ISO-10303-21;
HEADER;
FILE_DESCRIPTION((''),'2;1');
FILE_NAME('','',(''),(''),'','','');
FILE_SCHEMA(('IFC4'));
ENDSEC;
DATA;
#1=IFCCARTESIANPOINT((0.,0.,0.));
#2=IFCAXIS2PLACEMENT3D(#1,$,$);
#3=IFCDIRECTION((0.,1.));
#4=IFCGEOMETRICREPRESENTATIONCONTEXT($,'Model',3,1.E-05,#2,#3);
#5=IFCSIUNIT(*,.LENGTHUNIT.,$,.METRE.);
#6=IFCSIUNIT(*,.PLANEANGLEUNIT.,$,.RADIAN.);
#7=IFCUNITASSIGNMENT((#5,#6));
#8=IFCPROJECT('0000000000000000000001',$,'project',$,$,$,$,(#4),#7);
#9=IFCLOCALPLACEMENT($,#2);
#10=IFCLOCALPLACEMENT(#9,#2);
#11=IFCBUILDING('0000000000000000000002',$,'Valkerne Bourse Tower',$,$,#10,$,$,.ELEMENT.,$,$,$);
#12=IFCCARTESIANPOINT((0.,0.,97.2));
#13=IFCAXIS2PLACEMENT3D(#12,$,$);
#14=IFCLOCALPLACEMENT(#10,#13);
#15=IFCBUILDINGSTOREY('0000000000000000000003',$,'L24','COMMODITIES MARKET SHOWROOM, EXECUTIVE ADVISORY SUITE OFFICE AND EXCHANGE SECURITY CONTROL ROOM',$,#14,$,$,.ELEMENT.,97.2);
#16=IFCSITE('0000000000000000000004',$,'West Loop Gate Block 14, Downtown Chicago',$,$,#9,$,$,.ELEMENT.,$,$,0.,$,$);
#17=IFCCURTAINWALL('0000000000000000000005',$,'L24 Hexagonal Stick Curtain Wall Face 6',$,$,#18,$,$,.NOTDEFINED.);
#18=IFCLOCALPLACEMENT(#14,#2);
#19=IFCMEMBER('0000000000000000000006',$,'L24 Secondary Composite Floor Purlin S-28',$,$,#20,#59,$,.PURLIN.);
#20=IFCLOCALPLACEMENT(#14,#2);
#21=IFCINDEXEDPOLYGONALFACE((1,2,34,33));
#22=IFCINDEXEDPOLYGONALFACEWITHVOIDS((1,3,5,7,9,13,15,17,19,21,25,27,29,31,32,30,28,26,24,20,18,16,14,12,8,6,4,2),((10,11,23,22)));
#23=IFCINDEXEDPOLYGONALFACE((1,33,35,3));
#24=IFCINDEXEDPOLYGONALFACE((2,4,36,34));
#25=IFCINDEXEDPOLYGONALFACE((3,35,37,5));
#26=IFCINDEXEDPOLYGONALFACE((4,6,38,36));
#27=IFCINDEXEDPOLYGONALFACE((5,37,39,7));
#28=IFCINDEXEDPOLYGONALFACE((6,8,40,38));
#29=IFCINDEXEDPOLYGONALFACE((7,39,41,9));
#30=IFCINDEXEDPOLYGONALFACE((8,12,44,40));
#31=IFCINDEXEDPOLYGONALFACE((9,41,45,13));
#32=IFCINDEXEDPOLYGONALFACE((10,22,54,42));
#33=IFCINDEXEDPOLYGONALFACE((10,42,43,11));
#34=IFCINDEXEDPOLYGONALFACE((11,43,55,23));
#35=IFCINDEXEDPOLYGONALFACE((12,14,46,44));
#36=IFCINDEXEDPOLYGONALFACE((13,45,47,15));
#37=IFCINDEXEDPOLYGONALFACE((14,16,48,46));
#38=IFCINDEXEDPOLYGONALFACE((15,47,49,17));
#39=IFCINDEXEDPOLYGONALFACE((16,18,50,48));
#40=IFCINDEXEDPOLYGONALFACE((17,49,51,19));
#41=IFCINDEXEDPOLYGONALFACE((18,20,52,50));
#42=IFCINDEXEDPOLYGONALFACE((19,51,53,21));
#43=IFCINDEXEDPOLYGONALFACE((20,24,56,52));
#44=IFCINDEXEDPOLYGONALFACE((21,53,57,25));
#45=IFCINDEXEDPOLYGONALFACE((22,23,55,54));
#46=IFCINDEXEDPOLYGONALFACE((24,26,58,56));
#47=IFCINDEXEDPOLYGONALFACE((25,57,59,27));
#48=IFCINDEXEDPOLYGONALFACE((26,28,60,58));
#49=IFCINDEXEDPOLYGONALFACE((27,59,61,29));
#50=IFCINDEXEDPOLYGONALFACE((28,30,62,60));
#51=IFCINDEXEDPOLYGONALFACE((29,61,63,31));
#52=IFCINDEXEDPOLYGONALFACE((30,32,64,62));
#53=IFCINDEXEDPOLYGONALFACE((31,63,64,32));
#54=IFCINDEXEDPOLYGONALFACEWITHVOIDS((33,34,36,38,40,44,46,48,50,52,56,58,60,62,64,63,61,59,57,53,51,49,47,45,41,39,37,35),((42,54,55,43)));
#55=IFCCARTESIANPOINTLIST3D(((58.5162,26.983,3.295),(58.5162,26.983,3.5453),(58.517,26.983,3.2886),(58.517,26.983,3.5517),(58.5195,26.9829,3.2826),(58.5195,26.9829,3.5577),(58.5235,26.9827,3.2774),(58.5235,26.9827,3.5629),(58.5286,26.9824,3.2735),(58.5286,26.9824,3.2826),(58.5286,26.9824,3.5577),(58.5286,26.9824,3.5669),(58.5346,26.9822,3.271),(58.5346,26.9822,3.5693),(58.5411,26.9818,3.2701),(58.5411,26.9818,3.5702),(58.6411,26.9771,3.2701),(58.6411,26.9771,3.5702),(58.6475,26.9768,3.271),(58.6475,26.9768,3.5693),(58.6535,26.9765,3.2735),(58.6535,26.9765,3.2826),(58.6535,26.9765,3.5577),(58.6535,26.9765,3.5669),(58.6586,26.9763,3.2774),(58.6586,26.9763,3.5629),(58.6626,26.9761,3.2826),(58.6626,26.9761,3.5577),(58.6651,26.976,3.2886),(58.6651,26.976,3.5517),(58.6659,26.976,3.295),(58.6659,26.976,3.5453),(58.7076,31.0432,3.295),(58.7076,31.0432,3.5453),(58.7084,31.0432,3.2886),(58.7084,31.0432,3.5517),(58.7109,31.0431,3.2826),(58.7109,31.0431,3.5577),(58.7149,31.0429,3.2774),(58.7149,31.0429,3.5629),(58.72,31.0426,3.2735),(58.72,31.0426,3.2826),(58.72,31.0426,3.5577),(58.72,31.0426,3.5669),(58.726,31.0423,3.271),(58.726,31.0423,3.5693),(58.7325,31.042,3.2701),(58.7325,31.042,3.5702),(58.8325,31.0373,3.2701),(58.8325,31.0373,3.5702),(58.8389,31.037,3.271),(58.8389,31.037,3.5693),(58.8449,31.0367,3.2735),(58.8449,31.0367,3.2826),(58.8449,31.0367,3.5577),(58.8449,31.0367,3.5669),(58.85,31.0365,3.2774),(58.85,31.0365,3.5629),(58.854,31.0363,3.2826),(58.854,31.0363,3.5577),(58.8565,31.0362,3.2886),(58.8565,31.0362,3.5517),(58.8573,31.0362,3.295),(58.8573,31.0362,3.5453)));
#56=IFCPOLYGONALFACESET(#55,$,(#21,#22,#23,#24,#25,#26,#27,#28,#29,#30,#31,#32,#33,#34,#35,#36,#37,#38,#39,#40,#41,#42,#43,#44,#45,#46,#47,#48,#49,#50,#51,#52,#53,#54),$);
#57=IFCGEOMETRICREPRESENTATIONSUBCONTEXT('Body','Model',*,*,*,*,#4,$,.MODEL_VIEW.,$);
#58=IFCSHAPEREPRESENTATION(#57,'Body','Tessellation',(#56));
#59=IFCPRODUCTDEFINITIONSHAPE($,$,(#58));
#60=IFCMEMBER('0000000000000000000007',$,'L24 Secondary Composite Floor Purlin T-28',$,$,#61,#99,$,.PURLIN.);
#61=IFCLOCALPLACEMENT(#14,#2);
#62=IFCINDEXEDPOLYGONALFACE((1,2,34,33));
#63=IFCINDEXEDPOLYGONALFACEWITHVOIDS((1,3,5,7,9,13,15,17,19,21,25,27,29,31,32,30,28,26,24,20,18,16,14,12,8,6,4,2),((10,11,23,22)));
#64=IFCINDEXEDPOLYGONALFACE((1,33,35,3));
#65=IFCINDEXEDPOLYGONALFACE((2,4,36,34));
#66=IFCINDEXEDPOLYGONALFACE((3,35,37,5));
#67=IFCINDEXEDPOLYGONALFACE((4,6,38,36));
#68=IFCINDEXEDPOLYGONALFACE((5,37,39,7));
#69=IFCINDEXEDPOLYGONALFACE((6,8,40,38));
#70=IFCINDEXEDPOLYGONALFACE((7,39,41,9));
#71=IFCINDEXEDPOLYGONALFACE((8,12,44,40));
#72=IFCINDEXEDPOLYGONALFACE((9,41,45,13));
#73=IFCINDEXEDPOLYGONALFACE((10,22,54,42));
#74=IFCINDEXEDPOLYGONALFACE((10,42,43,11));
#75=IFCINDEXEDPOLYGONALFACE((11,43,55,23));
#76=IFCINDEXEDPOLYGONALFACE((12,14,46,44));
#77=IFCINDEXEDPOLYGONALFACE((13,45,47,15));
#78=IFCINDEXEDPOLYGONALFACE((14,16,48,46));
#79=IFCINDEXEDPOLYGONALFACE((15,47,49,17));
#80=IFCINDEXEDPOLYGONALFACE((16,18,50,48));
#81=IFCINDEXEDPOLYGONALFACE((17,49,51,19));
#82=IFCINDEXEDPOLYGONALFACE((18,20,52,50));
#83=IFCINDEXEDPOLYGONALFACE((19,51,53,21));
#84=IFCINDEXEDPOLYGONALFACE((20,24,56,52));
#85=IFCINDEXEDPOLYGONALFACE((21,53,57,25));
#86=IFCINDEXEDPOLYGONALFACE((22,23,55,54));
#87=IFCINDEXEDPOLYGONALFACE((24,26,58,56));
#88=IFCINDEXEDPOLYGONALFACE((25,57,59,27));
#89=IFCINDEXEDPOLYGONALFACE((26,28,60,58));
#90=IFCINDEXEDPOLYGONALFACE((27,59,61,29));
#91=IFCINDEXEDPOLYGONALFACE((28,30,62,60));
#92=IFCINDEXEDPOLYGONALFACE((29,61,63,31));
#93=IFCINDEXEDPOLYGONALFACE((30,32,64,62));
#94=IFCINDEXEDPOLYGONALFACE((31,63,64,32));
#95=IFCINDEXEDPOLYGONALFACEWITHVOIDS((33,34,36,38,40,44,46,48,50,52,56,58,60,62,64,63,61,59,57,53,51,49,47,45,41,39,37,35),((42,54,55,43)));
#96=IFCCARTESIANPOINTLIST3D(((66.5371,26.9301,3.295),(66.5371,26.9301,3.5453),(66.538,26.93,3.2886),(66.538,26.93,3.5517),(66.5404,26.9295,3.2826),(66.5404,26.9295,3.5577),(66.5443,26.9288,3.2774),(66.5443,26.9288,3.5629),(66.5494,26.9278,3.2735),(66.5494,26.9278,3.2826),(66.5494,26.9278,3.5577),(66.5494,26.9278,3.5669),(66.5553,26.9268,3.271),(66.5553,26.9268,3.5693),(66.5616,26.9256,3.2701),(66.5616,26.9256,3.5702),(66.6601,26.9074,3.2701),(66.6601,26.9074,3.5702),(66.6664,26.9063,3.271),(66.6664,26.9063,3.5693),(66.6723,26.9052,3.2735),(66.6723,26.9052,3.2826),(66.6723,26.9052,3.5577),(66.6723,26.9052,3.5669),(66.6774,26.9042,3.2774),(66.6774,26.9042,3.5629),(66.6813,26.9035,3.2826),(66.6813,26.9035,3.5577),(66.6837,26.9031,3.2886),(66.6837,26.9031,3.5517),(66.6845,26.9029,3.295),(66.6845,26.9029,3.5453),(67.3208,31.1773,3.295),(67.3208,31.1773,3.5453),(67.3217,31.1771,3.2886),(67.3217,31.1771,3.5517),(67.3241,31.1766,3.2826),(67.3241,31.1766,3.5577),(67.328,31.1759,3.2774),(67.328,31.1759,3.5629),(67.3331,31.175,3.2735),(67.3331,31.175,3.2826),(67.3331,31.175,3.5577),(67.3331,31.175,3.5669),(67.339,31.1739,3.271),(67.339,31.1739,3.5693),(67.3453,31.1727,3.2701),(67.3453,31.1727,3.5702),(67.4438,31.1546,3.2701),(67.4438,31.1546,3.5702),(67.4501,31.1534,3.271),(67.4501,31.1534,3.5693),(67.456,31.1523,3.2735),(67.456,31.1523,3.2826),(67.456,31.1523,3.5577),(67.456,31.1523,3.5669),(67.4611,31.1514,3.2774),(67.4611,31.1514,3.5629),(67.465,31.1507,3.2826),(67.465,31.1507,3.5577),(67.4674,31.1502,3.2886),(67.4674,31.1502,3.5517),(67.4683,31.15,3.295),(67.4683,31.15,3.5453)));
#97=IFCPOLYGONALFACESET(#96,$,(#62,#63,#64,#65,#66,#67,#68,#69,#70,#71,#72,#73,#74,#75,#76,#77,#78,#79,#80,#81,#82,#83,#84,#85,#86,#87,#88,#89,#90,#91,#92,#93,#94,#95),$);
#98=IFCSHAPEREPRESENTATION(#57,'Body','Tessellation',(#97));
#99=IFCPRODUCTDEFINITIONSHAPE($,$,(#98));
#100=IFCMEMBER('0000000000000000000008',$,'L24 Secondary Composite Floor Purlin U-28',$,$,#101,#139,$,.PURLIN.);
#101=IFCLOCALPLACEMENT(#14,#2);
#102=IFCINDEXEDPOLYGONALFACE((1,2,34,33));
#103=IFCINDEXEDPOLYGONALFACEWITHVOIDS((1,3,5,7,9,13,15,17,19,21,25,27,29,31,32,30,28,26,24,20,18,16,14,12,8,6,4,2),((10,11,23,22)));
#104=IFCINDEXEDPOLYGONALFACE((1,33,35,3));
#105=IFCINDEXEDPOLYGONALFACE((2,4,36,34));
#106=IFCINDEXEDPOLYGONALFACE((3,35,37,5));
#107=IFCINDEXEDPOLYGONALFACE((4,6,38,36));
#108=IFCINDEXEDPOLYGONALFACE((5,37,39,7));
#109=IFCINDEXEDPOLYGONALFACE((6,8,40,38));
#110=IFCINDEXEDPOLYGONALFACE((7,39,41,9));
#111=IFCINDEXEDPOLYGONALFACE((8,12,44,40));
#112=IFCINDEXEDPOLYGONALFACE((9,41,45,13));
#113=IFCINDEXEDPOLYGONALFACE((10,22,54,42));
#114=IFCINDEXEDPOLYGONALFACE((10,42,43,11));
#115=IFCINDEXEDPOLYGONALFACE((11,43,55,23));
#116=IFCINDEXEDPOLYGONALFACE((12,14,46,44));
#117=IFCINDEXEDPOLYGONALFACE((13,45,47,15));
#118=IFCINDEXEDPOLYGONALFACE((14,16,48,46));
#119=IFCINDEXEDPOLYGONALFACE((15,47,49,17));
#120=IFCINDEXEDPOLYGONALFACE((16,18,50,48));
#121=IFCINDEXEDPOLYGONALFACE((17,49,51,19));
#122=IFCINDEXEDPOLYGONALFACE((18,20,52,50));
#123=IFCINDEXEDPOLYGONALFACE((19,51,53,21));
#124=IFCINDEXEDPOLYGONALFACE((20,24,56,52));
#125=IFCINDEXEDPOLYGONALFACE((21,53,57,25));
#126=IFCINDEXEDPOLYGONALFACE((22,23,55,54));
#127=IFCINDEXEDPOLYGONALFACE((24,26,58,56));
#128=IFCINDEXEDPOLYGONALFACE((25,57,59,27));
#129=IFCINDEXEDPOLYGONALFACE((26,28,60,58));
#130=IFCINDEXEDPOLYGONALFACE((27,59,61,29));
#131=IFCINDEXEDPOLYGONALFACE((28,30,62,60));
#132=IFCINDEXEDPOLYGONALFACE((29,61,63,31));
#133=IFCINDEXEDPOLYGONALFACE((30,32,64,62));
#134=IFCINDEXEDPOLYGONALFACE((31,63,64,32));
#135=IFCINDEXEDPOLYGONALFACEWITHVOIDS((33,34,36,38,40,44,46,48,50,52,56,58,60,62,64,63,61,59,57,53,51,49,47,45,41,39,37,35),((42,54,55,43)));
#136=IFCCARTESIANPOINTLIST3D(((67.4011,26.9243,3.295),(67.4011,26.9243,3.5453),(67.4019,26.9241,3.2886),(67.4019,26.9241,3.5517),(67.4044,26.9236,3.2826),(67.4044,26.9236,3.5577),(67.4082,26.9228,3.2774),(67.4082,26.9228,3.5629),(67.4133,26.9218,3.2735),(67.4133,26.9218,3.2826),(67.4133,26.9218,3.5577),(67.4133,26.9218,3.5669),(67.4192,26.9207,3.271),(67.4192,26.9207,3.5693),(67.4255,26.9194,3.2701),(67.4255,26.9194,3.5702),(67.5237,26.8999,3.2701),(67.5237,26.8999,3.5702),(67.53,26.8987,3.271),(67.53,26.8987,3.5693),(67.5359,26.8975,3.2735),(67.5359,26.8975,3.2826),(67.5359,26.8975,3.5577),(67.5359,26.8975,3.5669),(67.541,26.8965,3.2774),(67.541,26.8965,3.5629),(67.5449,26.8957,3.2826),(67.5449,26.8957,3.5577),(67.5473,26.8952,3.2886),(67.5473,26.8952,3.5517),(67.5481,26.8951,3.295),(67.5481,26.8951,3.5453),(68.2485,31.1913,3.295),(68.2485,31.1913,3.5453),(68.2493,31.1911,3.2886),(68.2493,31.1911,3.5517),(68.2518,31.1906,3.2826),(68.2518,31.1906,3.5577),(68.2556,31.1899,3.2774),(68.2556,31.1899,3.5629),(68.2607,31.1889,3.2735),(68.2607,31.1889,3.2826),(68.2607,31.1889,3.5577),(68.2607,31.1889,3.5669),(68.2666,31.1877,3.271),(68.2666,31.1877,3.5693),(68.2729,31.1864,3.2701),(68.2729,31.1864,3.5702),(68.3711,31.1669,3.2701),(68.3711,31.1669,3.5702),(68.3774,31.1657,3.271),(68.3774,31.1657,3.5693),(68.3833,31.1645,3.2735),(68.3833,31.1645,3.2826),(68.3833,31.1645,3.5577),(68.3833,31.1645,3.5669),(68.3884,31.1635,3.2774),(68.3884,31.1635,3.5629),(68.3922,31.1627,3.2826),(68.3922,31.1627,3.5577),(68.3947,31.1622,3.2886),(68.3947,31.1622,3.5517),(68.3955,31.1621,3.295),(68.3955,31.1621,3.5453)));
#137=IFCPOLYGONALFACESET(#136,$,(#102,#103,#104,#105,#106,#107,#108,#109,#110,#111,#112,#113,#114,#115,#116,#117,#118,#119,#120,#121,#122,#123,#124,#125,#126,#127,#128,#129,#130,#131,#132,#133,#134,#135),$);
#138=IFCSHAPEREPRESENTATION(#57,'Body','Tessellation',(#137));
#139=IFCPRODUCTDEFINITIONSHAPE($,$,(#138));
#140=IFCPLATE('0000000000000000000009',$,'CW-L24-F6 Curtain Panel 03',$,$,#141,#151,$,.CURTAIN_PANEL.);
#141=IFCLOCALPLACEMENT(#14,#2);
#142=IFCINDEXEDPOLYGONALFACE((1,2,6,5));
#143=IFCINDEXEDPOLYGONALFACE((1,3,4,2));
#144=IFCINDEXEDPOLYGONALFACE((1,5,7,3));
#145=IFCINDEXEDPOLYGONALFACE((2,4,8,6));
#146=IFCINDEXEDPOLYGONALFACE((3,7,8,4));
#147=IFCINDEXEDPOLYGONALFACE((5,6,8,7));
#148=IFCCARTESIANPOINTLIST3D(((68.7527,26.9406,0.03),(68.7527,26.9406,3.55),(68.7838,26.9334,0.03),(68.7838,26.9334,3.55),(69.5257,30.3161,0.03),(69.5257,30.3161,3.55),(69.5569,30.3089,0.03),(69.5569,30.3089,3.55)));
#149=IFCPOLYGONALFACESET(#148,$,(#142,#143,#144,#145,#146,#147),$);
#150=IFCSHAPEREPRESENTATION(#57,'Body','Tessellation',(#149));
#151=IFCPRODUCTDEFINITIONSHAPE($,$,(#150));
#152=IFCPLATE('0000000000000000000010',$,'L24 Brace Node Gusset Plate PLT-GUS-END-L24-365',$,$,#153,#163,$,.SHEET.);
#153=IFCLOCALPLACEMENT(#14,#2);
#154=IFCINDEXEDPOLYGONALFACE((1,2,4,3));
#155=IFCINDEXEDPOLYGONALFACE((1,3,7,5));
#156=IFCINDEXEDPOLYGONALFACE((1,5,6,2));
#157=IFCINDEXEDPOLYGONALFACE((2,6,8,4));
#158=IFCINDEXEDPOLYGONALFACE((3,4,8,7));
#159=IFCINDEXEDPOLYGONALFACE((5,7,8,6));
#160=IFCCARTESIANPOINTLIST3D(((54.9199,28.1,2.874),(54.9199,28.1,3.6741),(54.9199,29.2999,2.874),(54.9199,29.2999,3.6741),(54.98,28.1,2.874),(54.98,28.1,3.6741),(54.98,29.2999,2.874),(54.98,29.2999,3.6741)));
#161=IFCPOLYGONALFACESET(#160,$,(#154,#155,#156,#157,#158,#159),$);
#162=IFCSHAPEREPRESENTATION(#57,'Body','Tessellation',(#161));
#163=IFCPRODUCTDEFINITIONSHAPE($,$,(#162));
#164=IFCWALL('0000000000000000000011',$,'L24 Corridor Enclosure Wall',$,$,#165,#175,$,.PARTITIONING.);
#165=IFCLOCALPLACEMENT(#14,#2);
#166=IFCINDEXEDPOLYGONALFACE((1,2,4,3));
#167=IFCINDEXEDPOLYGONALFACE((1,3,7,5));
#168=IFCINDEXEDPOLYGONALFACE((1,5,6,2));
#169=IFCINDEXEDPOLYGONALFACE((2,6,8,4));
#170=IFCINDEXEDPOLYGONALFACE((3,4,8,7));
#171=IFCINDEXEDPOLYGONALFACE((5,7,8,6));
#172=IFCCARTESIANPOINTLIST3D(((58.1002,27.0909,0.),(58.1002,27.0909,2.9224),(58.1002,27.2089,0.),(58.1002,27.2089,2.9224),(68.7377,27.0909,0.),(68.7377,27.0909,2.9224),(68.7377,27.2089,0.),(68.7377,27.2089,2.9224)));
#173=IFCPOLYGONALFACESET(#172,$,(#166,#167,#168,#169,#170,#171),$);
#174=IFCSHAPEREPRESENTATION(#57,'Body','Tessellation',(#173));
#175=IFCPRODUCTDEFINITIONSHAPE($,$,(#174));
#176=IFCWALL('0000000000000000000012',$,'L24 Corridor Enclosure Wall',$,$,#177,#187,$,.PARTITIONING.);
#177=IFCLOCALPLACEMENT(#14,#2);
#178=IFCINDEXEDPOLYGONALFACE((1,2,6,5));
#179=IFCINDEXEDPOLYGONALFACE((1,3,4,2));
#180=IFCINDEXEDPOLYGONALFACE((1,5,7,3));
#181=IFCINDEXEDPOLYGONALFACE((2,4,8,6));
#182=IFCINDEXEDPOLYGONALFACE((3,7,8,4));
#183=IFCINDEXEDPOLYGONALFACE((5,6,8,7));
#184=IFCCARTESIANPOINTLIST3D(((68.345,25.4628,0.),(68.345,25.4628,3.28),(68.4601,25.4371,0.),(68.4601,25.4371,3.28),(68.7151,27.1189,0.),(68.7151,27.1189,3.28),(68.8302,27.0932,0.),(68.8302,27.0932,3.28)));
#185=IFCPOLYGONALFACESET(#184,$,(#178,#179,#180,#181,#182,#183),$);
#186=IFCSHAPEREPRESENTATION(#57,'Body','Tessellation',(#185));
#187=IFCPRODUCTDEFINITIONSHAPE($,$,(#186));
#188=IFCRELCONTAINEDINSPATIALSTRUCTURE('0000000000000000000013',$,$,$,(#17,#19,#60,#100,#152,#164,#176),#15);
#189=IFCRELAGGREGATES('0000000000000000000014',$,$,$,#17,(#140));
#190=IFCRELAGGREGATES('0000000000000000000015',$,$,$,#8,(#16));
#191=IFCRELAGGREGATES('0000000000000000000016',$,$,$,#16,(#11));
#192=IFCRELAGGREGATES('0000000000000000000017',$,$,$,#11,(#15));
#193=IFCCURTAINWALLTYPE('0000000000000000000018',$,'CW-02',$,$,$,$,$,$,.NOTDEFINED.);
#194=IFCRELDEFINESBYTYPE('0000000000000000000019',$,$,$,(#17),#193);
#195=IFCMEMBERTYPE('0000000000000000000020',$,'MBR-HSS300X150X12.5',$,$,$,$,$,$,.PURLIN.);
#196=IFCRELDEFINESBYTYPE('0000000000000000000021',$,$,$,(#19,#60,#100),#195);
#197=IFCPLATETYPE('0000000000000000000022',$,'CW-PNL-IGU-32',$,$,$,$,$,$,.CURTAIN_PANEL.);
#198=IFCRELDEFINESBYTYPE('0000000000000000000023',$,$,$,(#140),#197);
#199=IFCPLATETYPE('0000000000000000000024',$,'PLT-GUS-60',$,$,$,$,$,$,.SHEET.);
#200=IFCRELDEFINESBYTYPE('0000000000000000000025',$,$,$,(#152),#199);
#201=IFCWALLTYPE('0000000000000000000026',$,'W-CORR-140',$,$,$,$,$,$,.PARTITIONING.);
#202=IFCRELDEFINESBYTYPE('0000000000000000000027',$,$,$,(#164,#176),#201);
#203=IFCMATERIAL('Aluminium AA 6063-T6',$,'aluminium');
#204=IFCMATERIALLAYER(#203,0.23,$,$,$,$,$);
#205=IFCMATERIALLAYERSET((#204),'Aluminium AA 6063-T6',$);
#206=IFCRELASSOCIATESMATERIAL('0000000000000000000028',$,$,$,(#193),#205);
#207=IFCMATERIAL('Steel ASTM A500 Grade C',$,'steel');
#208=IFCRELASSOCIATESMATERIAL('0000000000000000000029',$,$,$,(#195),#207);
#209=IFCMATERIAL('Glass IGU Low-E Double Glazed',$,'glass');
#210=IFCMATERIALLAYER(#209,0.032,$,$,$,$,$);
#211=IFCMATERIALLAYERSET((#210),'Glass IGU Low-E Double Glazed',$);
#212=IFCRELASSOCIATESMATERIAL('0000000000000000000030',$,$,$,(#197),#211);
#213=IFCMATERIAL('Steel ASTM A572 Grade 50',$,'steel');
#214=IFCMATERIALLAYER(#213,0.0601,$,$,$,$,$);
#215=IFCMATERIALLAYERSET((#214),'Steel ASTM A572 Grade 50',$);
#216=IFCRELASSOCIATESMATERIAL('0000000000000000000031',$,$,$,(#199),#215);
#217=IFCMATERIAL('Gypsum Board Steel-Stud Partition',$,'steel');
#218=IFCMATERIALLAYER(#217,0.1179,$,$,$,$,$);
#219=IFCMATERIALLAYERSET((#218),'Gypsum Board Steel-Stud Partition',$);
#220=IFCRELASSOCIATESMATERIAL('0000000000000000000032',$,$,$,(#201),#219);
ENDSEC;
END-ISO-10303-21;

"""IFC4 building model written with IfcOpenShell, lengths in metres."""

from ifc_helpers import new_model, si_unit, direction, frame, frame_2d, origin, origin_2d, place, context, subcontext, project, spatial, rectangle, hollow_rectangle, extrude, material, layer, layer_set, material_profile, profile_set, type_object, element, aggregate, save


model = new_model("IFC4")

# Units and contexts
model_context = context("Model", 3, precision=1e-05, world=origin(), true_north=direction((0.0, 1.0)))
body_context = subcontext(model_context, "Body", "Model", "MODEL_VIEW")
ifc_project = project(units=[si_unit("LENGTHUNIT", "METRE"), si_unit("PLANEANGLEUNIT", "RADIAN")], contexts=[model_context])

# Site, building, storey
site_placement = place(None, origin())
site = spatial("IfcSite", under=ifc_project, at=site_placement, Name="West Loop Gate Block 14, Downtown Chicago", CompositionType="ELEMENT", RefElevation=0.0)
building_placement = place(site_placement, origin())
building = spatial("IfcBuilding", under=site, at=building_placement, Name="Valkerne Bourse Tower", CompositionType="ELEMENT")
storey_placement = place(building_placement, frame((0.0, 0.0, 97.2)))
storey = spatial("IfcBuildingStorey", under=building, at=storey_placement, Name="L24", Description="COMMODITIES MARKET SHOWROOM, EXECUTIVE ADVISORY SUITE OFFICE AND EXCHANGE SECURITY CONTROL ROOM", CompositionType="ELEMENT", Elevation=97.2)

# Curtain wall
ifc_material_1 = material(Name="Aluminium AA 6063-T6", Category="aluminium")
ifc_layer_1 = layer(ifc_material_1, 0.23)
ifc_layer_set_1 = layer_set([ifc_layer_1], Name="Aluminium AA 6063-T6")
curtain_wall_type = type_object("IfcCurtainWallType", Name="CW-02", PredefinedType="NOTDEFINED", material=ifc_layer_set_1)
curtain_wall_placement = place(storey_placement, origin())
curtain_wall = element("IfcCurtainWall", 1, at=curtain_wall_placement, inside=storey, type_object=curtain_wall_type, Name="L24 Hexagonal Stick Curtain Wall Face 6", PredefinedType="NOTDEFINED")

# Members
ifc_material_2 = material(Name="Steel ASTM A500 Grade C", Category="steel")
ifc_material_profile_1 = material_profile(ifc_material_2, hollow_rectangle(XDim=0.1499, YDim=0.3, WallThickness=0.0125, OuterFilletRadius=0.0249, at=origin_2d()), Name="HSS300X150X12.5")
ifc_profile_set_1 = profile_set([ifc_material_profile_1], Name="Steel ASTM A500 Grade C")
member_type_1 = type_object("IfcMemberType", Name="MBR-HSS300X150X12.5", PredefinedType="PURLIN", material=ifc_profile_set_1)
member_1_placement = place(storey_placement, frame((58.5911, 26.9795, 3.4202), z_axis=(0.047089, 0.998891, 0.0), x_axis=(-0.998891, 0.047089, 0.0)))
element("IfcMember", 2, at=member_1_placement, inside=storey, type_object=member_type_1, Name="L24 Secondary Composite Floor Purlin S-28", PredefinedType="PURLIN", context=body_context, shape_type="SweptSolid", body=[
    extrude(hollow_rectangle(XDim=0.1499, YDim=0.3, WallThickness=0.0125, OuterFilletRadius=0.0249, at=origin_2d()), origin(), (0.0, 0.0, 1.0), 4.0647),
])
member_2_placement = place(storey_placement, frame((66.6108, 26.9165, 3.4202), z_axis=(0.181462, 0.983398, 0.0), x_axis=(-0.983398, 0.181462, 0.0)))
element("IfcMember", 3, at=member_2_placement, inside=storey, type_object=member_type_1, Name="L24 Secondary Composite Floor Purlin T-28", PredefinedType="PURLIN", context=body_context, shape_type="SweptSolid", body=[
    extrude(hollow_rectangle(XDim=0.1499, YDim=0.3, WallThickness=0.0125, OuterFilletRadius=0.0249, at=origin_2d()), origin(), (0.0, 0.0, 1.0), 4.3188),
])
member_3_placement = place(storey_placement, frame((67.4746, 26.9097, 3.4202), z_axis=(0.194789, 0.980845, 0.0), x_axis=(-0.980845, 0.194789, 0.0)))
element("IfcMember", 4, at=member_3_placement, inside=storey, type_object=member_type_1, Name="L24 Secondary Composite Floor Purlin U-28", PredefinedType="PURLIN", context=body_context, shape_type="SweptSolid", body=[
    extrude(hollow_rectangle(XDim=0.1499, YDim=0.3, WallThickness=0.0125, OuterFilletRadius=0.0249, at=origin_2d()), origin(), (0.0, 0.0, 1.0), 4.3503),
])

# Plates
ifc_material_3 = material(Name="Glass IGU Low-E Double Glazed", Category="glass")
ifc_layer_2 = layer(ifc_material_3, 0.032)
ifc_layer_set_2 = layer_set([ifc_layer_2], Name="Glass IGU Low-E Double Glazed")
plate_type_1 = type_object("IfcPlateType", Name="CW-PNL-IGU-32", PredefinedType="CURTAIN_PANEL", material=ifc_layer_set_2)
plate_1_placement = place(storey_placement, frame((69.1548, 28.6248, 0.03), z_axis=(0.0, 0.0, 1.0), x_axis=(0.223248, 0.974762, 0.0)))
plate_1 = element("IfcPlate", 5, at=plate_1_placement, type_object=plate_type_1, Name="CW-L24-F6 Curtain Panel 03", PredefinedType="CURTAIN_PANEL", context=body_context, shape_type="SweptSolid", body=[
    extrude(rectangle(XDim=3.4629, YDim=0.032, at=origin_2d()), origin(), (0.0, 0.0, 1.0), 3.52),
])
aggregate(curtain_wall, [plate_1])
ifc_material_4 = material(Name="Steel ASTM A572 Grade 50", Category="steel")
ifc_layer_3 = layer(ifc_material_4, 0.0601)
ifc_layer_set_3 = layer_set([ifc_layer_3], Name="Steel ASTM A572 Grade 50")
plate_type_2 = type_object("IfcPlateType", Name="PLT-GUS-60", PredefinedType="SHEET", material=ifc_layer_set_3)
plate_2_placement = place(storey_placement, frame((54.95, 28.7, 2.874), z_axis=(0.0, 0.0, 1.0), x_axis=(0.0, 1.0, 0.0)))
element("IfcPlate", 6, at=plate_2_placement, inside=storey, type_object=plate_type_2, Name="L24 Brace Node Gusset Plate PLT-GUS-END-L24-365", PredefinedType="SHEET", context=body_context, shape_type="SweptSolid", body=[
    extrude(rectangle(XDim=1.2, YDim=0.0601, at=origin_2d()), origin(), (0.0, 0.0, 1.0), 0.8),
])

# Walls
ifc_material_5 = material(Name="Gypsum Board Steel-Stud Partition", Category="steel")
ifc_layer_4 = layer(ifc_material_5, 0.1179)
ifc_layer_set_4 = layer_set([ifc_layer_4], Name="Gypsum Board Steel-Stud Partition")
wall_type_1 = type_object("IfcWallType", Name="W-CORR-140", PredefinedType="PARTITIONING", material=ifc_layer_set_4)
wall_1_placement = place(storey_placement, frame((58.1001, 27.1499, 0.0), z_axis=(0.0, 0.0, 1.0), x_axis=(1.0, 0.0, 0.0)))
element("IfcWall", 7, at=wall_1_placement, inside=storey, type_object=wall_type_1, Name="L24 Corridor Enclosure Wall", PredefinedType="PARTITIONING", context=body_context, shape_type="SweptSolid", body=[
    extrude(rectangle(XDim=10.6375, YDim=0.1179, at=frame_2d((5.3188, 0.0))), origin(), (0.0, 0.0, 1.0), 2.9224),
])
wall_2_placement = place(storey_placement, frame((68.7727, 27.1062, 0.0), z_axis=(0.0, 0.0, 1.0), x_axis=(-0.218088, -0.975929, 0.0)))
element("IfcWall", 8, at=wall_2_placement, inside=storey, type_object=wall_type_1, Name="L24 Corridor Enclosure Wall", PredefinedType="PARTITIONING", context=body_context, shape_type="SweptSolid", body=[
    extrude(rectangle(XDim=1.697, YDim=0.1179, at=frame_2d((0.8486, 0.0))), origin(), (0.0, 0.0, 1.0), 3.28),
])

save(model, "model.ifc")
